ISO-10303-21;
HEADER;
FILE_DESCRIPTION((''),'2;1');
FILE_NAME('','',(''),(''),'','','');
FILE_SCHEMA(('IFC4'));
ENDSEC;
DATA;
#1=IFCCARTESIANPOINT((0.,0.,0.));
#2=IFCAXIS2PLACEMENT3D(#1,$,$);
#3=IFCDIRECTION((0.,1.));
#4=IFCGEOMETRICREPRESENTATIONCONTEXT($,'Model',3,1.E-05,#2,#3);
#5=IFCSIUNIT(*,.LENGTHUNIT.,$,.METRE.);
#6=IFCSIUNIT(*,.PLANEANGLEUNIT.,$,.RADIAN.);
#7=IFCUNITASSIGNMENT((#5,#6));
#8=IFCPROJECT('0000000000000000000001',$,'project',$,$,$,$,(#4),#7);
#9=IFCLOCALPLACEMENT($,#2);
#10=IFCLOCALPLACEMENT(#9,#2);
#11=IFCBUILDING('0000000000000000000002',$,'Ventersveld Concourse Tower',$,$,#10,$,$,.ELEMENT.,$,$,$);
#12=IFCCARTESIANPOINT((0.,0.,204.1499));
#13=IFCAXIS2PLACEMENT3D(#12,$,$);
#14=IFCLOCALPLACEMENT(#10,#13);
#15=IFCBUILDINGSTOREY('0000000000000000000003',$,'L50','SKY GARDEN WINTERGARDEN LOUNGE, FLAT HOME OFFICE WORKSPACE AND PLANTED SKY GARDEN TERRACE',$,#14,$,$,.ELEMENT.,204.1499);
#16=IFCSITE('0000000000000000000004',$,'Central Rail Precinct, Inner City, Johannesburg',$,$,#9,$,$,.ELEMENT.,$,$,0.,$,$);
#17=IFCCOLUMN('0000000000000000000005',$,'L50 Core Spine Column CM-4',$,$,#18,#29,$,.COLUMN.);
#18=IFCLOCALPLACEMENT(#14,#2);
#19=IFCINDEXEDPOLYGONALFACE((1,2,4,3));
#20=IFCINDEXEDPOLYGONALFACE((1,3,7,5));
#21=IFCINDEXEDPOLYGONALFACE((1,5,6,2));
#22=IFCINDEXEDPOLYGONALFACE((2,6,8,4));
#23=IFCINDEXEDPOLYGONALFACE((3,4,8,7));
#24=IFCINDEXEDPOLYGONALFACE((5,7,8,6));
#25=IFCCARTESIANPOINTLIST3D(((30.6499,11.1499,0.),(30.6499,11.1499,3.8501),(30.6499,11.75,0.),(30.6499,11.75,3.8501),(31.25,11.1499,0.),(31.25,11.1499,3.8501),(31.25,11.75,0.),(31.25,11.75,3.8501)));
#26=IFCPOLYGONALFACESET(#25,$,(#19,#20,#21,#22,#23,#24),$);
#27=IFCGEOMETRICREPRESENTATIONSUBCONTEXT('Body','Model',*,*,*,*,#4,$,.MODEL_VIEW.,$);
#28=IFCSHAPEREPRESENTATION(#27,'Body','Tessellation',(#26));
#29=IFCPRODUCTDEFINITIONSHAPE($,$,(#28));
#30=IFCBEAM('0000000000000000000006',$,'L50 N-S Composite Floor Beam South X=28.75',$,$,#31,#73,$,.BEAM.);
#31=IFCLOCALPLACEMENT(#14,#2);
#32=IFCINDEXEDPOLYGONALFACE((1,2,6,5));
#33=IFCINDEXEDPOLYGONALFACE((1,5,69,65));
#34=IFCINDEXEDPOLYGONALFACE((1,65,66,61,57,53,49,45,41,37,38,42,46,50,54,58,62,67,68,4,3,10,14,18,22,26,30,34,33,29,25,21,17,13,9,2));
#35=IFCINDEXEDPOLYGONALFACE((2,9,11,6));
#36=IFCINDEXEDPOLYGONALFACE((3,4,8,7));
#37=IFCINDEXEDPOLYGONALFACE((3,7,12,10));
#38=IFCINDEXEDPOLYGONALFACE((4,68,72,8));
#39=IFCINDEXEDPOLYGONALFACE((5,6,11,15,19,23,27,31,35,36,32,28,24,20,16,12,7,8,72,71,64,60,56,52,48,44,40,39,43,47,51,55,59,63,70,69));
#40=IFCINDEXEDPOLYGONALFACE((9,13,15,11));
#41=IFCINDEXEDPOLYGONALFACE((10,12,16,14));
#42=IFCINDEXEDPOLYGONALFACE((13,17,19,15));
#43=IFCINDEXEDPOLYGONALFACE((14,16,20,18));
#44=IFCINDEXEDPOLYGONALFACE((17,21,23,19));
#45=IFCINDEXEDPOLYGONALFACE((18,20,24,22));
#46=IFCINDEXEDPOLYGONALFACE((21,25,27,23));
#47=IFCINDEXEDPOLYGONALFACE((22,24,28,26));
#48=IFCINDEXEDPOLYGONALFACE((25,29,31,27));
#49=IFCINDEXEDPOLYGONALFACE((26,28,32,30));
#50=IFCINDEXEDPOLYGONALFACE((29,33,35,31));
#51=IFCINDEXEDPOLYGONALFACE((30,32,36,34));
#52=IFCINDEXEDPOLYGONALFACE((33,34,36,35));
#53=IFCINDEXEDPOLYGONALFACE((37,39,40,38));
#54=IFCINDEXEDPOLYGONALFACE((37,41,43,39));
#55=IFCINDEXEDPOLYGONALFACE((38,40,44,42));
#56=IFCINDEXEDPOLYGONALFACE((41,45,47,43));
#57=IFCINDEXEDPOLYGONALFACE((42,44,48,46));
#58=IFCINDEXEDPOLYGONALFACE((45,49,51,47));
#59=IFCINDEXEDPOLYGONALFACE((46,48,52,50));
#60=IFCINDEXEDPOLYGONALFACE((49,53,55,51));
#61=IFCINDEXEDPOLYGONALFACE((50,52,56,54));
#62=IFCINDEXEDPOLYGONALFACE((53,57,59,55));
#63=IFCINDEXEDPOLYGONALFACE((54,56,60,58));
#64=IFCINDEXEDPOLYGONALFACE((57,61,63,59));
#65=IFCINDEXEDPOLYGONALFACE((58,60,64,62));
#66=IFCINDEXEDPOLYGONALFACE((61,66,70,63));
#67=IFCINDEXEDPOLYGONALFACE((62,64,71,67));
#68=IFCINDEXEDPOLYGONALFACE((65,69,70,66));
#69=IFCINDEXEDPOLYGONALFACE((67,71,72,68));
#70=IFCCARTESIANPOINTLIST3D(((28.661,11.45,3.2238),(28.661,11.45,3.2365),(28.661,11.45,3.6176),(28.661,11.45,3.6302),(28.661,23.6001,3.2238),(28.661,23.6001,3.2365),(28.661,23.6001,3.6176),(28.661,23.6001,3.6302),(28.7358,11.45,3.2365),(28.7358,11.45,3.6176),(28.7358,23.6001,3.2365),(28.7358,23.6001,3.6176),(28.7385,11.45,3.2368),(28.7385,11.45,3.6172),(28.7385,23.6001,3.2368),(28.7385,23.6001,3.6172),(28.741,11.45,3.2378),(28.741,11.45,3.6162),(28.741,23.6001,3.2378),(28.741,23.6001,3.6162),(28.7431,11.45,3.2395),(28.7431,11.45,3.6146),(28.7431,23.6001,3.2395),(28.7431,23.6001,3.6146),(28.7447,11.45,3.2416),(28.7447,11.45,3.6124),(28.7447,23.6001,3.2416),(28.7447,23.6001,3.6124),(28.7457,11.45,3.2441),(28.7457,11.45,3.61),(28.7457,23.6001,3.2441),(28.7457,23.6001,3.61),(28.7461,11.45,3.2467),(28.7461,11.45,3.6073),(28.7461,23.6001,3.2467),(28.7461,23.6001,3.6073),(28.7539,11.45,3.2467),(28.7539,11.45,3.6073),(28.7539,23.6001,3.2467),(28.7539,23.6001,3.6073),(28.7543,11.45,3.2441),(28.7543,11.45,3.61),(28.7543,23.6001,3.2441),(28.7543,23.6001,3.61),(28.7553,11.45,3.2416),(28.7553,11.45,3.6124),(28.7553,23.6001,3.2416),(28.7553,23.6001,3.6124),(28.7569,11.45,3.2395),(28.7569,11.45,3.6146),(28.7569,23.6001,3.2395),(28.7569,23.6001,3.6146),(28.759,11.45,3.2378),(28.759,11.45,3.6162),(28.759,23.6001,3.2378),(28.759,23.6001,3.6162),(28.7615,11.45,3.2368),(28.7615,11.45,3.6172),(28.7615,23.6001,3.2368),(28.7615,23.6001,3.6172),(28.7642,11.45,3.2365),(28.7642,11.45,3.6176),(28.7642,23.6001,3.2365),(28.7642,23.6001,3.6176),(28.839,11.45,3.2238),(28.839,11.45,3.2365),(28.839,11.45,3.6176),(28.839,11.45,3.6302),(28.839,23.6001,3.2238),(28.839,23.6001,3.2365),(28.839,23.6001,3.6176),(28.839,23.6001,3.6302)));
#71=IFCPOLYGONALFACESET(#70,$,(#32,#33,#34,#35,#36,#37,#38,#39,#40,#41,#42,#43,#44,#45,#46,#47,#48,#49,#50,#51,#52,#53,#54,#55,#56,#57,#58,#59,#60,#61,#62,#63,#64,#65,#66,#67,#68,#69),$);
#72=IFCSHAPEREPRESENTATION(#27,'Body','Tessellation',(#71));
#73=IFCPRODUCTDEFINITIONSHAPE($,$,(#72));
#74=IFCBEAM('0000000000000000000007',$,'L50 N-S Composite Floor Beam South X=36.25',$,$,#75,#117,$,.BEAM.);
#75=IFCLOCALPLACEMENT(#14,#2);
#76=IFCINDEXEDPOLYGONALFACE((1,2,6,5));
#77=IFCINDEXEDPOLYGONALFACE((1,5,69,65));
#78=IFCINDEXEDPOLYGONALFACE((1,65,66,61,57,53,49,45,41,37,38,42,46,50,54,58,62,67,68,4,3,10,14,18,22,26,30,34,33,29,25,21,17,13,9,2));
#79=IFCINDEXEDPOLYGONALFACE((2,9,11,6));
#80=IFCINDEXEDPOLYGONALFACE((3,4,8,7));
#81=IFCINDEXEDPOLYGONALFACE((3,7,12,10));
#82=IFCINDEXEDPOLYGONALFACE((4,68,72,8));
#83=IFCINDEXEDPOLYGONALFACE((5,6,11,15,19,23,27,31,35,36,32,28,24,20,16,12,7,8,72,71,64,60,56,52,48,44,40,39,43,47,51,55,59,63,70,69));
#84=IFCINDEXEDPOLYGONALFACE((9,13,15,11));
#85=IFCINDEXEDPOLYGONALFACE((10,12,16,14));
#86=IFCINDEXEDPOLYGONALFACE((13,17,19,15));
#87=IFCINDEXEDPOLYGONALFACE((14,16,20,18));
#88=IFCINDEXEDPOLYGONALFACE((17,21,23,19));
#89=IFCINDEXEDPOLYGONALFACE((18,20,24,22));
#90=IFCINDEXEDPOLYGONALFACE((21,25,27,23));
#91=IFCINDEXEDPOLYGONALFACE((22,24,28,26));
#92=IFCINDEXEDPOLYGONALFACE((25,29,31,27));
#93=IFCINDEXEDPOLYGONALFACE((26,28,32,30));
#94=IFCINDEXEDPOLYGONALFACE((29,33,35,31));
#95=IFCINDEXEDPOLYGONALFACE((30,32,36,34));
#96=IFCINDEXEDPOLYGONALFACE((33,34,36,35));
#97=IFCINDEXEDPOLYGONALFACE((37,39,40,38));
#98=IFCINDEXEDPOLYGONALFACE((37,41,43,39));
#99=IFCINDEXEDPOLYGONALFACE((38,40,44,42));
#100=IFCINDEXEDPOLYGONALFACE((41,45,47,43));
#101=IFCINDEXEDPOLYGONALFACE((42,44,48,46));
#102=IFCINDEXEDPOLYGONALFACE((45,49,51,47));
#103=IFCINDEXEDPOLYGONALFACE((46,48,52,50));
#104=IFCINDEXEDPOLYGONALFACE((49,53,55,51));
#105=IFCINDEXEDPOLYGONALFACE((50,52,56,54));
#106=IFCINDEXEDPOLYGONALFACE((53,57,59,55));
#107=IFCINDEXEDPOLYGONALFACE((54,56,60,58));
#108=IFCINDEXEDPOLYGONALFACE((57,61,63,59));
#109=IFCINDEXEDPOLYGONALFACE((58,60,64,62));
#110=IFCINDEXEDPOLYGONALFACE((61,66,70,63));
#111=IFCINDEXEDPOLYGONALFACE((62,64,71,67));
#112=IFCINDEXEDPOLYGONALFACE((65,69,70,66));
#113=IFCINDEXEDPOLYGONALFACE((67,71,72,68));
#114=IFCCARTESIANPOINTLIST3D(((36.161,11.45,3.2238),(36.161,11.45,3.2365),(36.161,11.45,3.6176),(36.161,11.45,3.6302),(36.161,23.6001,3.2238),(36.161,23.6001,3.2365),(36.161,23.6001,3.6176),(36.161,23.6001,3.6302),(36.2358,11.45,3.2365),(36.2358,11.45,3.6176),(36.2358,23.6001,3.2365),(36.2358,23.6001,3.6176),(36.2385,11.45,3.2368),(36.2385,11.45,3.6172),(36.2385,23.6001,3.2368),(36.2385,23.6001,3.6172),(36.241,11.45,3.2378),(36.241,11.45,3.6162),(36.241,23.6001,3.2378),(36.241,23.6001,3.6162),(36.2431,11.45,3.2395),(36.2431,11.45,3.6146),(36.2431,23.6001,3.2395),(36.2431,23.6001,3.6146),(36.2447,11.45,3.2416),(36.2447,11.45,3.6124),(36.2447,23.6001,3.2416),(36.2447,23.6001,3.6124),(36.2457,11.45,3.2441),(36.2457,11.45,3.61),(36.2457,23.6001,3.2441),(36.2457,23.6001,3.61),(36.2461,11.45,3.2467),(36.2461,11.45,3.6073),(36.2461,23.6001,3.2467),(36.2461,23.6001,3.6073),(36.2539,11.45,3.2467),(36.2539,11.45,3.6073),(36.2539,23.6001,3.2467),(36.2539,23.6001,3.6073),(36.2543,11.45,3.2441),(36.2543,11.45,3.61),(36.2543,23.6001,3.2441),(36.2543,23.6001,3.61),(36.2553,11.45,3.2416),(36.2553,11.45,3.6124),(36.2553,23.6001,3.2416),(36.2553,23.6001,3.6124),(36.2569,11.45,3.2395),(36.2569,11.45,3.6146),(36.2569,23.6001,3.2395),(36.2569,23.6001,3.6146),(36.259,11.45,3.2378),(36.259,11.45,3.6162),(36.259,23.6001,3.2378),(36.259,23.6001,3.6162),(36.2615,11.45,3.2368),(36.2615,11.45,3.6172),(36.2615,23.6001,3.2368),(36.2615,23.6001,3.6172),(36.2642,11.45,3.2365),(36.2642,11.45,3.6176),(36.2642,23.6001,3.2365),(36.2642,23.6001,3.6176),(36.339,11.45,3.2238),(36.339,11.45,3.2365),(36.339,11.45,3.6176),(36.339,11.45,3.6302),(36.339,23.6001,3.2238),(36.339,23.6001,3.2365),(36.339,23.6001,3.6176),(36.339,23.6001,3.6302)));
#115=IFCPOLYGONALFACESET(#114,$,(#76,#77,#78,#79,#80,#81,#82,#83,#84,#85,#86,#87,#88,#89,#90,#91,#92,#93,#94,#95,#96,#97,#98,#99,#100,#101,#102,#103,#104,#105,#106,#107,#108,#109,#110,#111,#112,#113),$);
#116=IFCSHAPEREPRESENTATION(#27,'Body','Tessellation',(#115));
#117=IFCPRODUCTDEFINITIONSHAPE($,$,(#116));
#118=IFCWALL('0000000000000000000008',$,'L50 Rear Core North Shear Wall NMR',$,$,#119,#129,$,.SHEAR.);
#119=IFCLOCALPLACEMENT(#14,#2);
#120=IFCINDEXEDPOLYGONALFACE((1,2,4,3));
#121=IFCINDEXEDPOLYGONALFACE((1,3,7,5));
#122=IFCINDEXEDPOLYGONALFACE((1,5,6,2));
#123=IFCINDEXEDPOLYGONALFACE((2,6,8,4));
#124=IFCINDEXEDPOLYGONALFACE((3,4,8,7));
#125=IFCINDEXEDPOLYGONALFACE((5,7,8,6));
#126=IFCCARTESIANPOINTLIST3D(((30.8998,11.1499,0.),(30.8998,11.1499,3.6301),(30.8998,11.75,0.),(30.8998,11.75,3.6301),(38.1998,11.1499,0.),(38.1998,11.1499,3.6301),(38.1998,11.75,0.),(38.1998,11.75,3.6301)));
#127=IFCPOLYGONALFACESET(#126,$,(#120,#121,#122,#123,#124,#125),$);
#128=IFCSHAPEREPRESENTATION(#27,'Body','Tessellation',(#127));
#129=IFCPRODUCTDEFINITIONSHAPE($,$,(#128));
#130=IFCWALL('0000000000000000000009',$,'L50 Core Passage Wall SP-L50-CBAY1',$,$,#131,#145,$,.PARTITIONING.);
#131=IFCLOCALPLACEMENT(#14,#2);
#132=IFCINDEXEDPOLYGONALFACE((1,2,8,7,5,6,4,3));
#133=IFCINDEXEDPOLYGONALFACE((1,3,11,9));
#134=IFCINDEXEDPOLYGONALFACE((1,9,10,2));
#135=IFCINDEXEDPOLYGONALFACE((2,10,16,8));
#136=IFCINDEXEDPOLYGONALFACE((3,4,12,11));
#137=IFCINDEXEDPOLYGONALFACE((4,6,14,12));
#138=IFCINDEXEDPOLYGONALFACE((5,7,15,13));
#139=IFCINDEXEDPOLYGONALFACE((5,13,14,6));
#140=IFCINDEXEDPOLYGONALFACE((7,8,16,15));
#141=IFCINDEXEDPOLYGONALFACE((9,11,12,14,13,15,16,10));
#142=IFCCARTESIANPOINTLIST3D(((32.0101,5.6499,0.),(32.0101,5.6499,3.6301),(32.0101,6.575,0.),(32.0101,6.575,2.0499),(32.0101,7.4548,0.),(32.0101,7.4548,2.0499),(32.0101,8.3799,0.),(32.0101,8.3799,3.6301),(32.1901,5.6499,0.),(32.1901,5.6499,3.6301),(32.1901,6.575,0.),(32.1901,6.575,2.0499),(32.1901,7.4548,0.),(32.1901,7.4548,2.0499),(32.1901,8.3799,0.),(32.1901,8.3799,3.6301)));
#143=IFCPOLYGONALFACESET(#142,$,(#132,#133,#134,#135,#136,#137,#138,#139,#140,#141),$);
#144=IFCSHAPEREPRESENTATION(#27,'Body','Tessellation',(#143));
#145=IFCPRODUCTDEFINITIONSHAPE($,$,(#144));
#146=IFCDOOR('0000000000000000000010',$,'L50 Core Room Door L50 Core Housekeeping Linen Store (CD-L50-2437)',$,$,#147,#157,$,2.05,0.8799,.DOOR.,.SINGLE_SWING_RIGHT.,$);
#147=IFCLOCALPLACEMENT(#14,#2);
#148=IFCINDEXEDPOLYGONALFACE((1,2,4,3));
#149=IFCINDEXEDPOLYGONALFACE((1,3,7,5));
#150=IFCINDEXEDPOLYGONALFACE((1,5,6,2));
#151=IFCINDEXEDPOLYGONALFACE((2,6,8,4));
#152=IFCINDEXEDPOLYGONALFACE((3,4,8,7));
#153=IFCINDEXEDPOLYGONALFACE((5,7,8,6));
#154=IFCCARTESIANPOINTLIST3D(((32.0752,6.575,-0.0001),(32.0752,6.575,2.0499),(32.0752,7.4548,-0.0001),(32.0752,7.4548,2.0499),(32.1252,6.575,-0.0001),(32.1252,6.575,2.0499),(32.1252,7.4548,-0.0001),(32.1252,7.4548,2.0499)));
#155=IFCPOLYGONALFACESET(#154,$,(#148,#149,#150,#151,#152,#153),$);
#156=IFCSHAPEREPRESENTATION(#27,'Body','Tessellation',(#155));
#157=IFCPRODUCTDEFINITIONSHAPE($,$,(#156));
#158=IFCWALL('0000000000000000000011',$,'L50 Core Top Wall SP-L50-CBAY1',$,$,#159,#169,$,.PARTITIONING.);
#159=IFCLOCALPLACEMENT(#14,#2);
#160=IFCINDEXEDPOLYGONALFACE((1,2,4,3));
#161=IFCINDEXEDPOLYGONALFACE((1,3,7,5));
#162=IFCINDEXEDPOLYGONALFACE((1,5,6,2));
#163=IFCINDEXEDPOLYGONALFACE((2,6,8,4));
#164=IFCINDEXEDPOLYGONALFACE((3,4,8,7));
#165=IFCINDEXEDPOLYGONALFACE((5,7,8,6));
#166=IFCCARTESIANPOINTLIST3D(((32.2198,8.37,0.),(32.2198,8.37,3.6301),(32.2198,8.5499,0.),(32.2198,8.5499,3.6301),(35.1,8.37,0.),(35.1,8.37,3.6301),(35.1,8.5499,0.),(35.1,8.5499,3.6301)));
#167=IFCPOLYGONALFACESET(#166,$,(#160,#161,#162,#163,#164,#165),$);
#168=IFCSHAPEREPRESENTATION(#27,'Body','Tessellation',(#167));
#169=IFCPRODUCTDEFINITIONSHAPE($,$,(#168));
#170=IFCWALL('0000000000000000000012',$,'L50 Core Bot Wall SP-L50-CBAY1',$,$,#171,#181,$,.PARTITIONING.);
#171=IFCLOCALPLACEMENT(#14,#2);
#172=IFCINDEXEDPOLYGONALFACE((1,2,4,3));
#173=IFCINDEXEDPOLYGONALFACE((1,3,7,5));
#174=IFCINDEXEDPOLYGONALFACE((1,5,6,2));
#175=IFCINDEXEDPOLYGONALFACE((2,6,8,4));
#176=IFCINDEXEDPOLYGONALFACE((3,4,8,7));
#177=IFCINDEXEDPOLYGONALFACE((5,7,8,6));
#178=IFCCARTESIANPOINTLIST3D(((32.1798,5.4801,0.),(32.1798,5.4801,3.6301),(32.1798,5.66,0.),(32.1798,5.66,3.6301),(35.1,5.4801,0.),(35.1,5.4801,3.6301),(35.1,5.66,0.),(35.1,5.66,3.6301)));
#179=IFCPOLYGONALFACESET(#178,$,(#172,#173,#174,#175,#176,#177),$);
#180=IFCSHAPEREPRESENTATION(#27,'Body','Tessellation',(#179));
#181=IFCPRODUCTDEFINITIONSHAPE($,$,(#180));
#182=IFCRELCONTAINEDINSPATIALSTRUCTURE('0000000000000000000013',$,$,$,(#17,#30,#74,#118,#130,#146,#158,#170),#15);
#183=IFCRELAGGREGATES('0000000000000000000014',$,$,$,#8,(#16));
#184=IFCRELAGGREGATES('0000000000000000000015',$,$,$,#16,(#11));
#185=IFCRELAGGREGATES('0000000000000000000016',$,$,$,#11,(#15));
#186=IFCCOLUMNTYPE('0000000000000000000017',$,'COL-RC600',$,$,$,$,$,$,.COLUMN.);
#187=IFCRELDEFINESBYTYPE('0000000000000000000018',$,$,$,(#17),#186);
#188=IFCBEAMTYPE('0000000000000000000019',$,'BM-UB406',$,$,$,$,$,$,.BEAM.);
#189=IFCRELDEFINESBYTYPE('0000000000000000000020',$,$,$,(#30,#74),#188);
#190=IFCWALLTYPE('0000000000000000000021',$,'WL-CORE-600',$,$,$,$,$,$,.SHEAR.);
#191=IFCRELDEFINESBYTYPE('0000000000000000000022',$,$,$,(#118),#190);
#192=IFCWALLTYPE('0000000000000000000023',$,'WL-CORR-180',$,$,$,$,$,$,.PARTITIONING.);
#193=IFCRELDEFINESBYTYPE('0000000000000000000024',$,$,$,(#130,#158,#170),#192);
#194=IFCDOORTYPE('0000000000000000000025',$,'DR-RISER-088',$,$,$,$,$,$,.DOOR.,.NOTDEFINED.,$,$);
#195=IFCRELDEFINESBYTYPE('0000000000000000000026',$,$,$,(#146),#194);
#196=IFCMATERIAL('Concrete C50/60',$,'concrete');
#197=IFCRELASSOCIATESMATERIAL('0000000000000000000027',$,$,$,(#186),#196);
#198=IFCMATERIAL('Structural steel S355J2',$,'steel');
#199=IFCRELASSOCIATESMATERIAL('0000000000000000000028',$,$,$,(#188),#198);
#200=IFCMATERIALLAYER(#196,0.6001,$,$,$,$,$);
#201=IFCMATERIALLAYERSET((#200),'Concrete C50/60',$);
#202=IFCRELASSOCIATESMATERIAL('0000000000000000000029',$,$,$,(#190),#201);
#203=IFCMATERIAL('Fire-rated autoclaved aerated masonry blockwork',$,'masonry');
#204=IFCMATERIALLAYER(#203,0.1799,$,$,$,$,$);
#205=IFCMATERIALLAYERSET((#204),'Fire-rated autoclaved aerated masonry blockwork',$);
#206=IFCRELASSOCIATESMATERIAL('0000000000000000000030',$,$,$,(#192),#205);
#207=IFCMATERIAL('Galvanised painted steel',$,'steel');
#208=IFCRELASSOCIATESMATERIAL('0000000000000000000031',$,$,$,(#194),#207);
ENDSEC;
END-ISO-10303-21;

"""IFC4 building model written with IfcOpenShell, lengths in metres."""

from ifc_helpers import new_model, si_unit, direction, frame, frame_2d, origin, origin_2d, place, context, subcontext, project, spatial, rectangle, i_section, extrude, material, layer, layer_set, material_profile, profile_set, type_object, element, fill, save


model = new_model("IFC4")

# Units and contexts
model_context = context("Model", 3, precision=1e-05, world=origin(), true_north=direction((0.0, 1.0)))
body_context = subcontext(model_context, "Body", "Model", "MODEL_VIEW")
ifc_project = project(units=[si_unit("LENGTHUNIT", "METRE"), si_unit("PLANEANGLEUNIT", "RADIAN")], contexts=[model_context])

# Site, building, storey
site_placement = place(None, origin())
site = spatial("IfcSite", under=ifc_project, at=site_placement, Name="Central Rail Precinct, Inner City, Johannesburg", CompositionType="ELEMENT", RefElevation=0.0)
building_placement = place(site_placement, origin())
building = spatial("IfcBuilding", under=site, at=building_placement, Name="Ventersveld Concourse Tower", CompositionType="ELEMENT")
storey_placement = place(building_placement, frame((0.0, 0.0, 204.1499)))
storey = spatial("IfcBuildingStorey", under=building, at=storey_placement, Name="L50", Description="SKY GARDEN WINTERGARDEN LOUNGE, FLAT HOME OFFICE WORKSPACE AND PLANTED SKY GARDEN TERRACE", CompositionType="ELEMENT", Elevation=204.1499)

# Column
ifc_material_1 = material(Name="Concrete C50/60", Category="concrete")
ifc_material_profile_1 = material_profile(ifc_material_1, rectangle(XDim=0.6001, YDim=0.6001, at=origin_2d()), Name="RC 600x600")
ifc_profile_set_1 = profile_set([ifc_material_profile_1], Name="Concrete C50/60")
column_type = type_object("IfcColumnType", Name="COL-RC600", PredefinedType="COLUMN", material=ifc_profile_set_1)
column_placement = place(storey_placement, frame((30.95, 11.45, 0.0), z_axis=(0.0, 0.0, 1.0), x_axis=(1.0, 0.0, 0.0)))
element("IfcColumn", 1, at=column_placement, inside=storey, type_object=column_type, Name="L50 Core Spine Column CM-4", PredefinedType="COLUMN", context=body_context, shape_type="SweptSolid", body=[
    extrude(rectangle(XDim=0.6001, YDim=0.6001, at=origin_2d()), origin(), (0.0, 0.0, 1.0), 3.8501),
])

# Beams
ifc_material_2 = material(Name="Structural steel S355J2", Category="steel")
ifc_material_profile_2 = material_profile(ifc_material_2, i_section(OverallWidth=0.178, OverallDepth=0.4065, WebThickness=0.0078, FlangeThickness=0.0127, FilletRadius=0.0103, at=origin_2d()), Name="UB 406x178x60")
ifc_profile_set_2 = profile_set([ifc_material_profile_2], Name="Structural steel S355J2")
beam_type = type_object("IfcBeamType", Name="BM-UB406", PredefinedType="BEAM", material=ifc_profile_set_2)
for number, where, z_axis, x_axis, name in (
    (2, (28.75, 11.45, 3.427), (0.0, 1.0, 0.0), (-1.0, 0.0, 0.0), "L50 N-S Composite Floor Beam South X=28.75"),
    (3, (36.25, 11.45, 3.427), (0.0, 1.0, 0.0), (-1.0, 0.0, 0.0), "L50 N-S Composite Floor Beam South X=36.25"),
):
    element("IfcBeam", number, at=place(storey_placement, frame(where, z_axis=z_axis, x_axis=x_axis)), inside=storey, type_object=beam_type, Name=name, PredefinedType="BEAM", context=body_context, shape_type="SweptSolid", body=[
        extrude(i_section(OverallWidth=0.178, OverallDepth=0.4065, WebThickness=0.0078, FlangeThickness=0.0127, FilletRadius=0.0103, at=origin_2d()), origin(), (0.0, 0.0, 1.0), 12.1501),
    ])

# Wall
ifc_layer_1 = layer(ifc_material_1, 0.6001)
ifc_layer_set_1 = layer_set([ifc_layer_1], Name="Concrete C50/60")
wall_type_1 = type_object("IfcWallType", Name="WL-CORE-600", PredefinedType="SHEAR", material=ifc_layer_set_1)
wall_1_placement = place(storey_placement, frame((30.8999, 11.45, 0.0), z_axis=(0.0, 0.0, 1.0), x_axis=(1.0, 0.0, 0.0)))
element("IfcWall", 4, at=wall_1_placement, inside=storey, type_object=wall_type_1, Name="L50 Rear Core North Shear Wall NMR", PredefinedType="SHEAR", context=body_context, shape_type="SweptSolid", body=[
    extrude(rectangle(XDim=7.3, YDim=0.6001, at=frame_2d((3.6499, 0.0))), origin(), (0.0, 0.0, 1.0), 3.6301),
])

# Wall, opening, door
ifc_material_3 = material(Name="Fire-rated autoclaved aerated masonry blockwork", Category="masonry")
ifc_layer_2 = layer(ifc_material_3, 0.1799)
ifc_layer_set_2 = layer_set([ifc_layer_2], Name="Fire-rated autoclaved aerated masonry blockwork")
wall_type_2 = type_object("IfcWallType", Name="WL-CORR-180", PredefinedType="PARTITIONING", material=ifc_layer_set_2)
wall_2_placement = place(storey_placement, frame((32.1001, 5.6499, 0.0), z_axis=(0.0, 0.0, 1.0), x_axis=(0.0, 1.0, 0.0)))
wall_2 = element("IfcWall", 5, at=wall_2_placement, inside=storey, type_object=wall_type_2, Name="L50 Core Passage Wall SP-L50-CBAY1", PredefinedType="PARTITIONING", context=body_context, shape_type="SweptSolid", body=[
    extrude(rectangle(XDim=2.73, YDim=0.1799, at=frame_2d((1.365, 0.0))), origin(), (0.0, 0.0, 1.0), 3.6301),
])
opening_1_placement = place(wall_2_placement, frame((0.925, 0.0, 0.0)))
opening_1 = element("IfcOpeningElement", 6, at=opening_1_placement, cuts=wall_2, PredefinedType="OPENING", context=body_context, shape_type="SweptSolid", body=[
    extrude(rectangle(XDim=0.8799, YDim=2.05, at=frame_2d((0.4399, 1.0249))), frame((0.0, 0.1001, 0.0), z_axis=(0.0, -1.0, 0.0), x_axis=(1.0, 0.0, 0.0)), (0.0, 0.0, 1.0), 0.2),
])
ifc_material_4 = material(Name="Galvanised painted steel", Category="steel")
door_type_1 = type_object("IfcDoorType", Name="DR-RISER-088", OperationType="NOTDEFINED", PredefinedType="DOOR", material=ifc_material_4)
door_1_placement = place(opening_1_placement, origin())
door_1 = element("IfcDoor", 7, at=door_1_placement, inside=storey, type_object=door_type_1, Name="L50 Core Room Door L50 Core Housekeeping Linen Store (CD-L50-2437)", OperationType="SINGLE_SWING_RIGHT", OverallHeight=2.05, OverallWidth=0.8799, PredefinedType="DOOR", context=body_context, shape_type="SweptSolid", body=[
    extrude(rectangle(XDim=0.8799, YDim=2.05, at=frame_2d((0.4399, 1.0249))), frame((0.0, 0.0249, 0.0), z_axis=(0.0, -1.0, 0.0), x_axis=(1.0, 0.0, 0.0)), (0.0, 0.0, 1.0), 0.05),
])
fill(opening_1, door_1)

# Walls
wall_3_placement = place(storey_placement, frame((32.22, 8.46, 0.0), z_axis=(0.0, 0.0, 1.0), x_axis=(1.0, 0.0, 0.0)))
element("IfcWall", 8, at=wall_3_placement, inside=storey, type_object=wall_type_2, Name="L50 Core Top Wall SP-L50-CBAY1", PredefinedType="PARTITIONING", context=body_context, shape_type="SweptSolid", body=[
    extrude(rectangle(XDim=2.8801, YDim=0.1799, at=frame_2d((1.4399, 0.0))), origin(), (0.0, 0.0, 1.0), 3.6301),
])
wall_4_placement = place(storey_placement, frame((32.1799, 5.5701, 0.0), z_axis=(0.0, 0.0, 1.0), x_axis=(1.0, 0.0, 0.0)))
element("IfcWall", 9, at=wall_4_placement, inside=storey, type_object=wall_type_2, Name="L50 Core Bot Wall SP-L50-CBAY1", PredefinedType="PARTITIONING", context=body_context, shape_type="SweptSolid", body=[
    extrude(rectangle(XDim=2.9202, YDim=0.1799, at=frame_2d((1.46, 0.0))), origin(), (0.0, 0.0, 1.0), 3.6301),
])

save(model, "model.ifc")
